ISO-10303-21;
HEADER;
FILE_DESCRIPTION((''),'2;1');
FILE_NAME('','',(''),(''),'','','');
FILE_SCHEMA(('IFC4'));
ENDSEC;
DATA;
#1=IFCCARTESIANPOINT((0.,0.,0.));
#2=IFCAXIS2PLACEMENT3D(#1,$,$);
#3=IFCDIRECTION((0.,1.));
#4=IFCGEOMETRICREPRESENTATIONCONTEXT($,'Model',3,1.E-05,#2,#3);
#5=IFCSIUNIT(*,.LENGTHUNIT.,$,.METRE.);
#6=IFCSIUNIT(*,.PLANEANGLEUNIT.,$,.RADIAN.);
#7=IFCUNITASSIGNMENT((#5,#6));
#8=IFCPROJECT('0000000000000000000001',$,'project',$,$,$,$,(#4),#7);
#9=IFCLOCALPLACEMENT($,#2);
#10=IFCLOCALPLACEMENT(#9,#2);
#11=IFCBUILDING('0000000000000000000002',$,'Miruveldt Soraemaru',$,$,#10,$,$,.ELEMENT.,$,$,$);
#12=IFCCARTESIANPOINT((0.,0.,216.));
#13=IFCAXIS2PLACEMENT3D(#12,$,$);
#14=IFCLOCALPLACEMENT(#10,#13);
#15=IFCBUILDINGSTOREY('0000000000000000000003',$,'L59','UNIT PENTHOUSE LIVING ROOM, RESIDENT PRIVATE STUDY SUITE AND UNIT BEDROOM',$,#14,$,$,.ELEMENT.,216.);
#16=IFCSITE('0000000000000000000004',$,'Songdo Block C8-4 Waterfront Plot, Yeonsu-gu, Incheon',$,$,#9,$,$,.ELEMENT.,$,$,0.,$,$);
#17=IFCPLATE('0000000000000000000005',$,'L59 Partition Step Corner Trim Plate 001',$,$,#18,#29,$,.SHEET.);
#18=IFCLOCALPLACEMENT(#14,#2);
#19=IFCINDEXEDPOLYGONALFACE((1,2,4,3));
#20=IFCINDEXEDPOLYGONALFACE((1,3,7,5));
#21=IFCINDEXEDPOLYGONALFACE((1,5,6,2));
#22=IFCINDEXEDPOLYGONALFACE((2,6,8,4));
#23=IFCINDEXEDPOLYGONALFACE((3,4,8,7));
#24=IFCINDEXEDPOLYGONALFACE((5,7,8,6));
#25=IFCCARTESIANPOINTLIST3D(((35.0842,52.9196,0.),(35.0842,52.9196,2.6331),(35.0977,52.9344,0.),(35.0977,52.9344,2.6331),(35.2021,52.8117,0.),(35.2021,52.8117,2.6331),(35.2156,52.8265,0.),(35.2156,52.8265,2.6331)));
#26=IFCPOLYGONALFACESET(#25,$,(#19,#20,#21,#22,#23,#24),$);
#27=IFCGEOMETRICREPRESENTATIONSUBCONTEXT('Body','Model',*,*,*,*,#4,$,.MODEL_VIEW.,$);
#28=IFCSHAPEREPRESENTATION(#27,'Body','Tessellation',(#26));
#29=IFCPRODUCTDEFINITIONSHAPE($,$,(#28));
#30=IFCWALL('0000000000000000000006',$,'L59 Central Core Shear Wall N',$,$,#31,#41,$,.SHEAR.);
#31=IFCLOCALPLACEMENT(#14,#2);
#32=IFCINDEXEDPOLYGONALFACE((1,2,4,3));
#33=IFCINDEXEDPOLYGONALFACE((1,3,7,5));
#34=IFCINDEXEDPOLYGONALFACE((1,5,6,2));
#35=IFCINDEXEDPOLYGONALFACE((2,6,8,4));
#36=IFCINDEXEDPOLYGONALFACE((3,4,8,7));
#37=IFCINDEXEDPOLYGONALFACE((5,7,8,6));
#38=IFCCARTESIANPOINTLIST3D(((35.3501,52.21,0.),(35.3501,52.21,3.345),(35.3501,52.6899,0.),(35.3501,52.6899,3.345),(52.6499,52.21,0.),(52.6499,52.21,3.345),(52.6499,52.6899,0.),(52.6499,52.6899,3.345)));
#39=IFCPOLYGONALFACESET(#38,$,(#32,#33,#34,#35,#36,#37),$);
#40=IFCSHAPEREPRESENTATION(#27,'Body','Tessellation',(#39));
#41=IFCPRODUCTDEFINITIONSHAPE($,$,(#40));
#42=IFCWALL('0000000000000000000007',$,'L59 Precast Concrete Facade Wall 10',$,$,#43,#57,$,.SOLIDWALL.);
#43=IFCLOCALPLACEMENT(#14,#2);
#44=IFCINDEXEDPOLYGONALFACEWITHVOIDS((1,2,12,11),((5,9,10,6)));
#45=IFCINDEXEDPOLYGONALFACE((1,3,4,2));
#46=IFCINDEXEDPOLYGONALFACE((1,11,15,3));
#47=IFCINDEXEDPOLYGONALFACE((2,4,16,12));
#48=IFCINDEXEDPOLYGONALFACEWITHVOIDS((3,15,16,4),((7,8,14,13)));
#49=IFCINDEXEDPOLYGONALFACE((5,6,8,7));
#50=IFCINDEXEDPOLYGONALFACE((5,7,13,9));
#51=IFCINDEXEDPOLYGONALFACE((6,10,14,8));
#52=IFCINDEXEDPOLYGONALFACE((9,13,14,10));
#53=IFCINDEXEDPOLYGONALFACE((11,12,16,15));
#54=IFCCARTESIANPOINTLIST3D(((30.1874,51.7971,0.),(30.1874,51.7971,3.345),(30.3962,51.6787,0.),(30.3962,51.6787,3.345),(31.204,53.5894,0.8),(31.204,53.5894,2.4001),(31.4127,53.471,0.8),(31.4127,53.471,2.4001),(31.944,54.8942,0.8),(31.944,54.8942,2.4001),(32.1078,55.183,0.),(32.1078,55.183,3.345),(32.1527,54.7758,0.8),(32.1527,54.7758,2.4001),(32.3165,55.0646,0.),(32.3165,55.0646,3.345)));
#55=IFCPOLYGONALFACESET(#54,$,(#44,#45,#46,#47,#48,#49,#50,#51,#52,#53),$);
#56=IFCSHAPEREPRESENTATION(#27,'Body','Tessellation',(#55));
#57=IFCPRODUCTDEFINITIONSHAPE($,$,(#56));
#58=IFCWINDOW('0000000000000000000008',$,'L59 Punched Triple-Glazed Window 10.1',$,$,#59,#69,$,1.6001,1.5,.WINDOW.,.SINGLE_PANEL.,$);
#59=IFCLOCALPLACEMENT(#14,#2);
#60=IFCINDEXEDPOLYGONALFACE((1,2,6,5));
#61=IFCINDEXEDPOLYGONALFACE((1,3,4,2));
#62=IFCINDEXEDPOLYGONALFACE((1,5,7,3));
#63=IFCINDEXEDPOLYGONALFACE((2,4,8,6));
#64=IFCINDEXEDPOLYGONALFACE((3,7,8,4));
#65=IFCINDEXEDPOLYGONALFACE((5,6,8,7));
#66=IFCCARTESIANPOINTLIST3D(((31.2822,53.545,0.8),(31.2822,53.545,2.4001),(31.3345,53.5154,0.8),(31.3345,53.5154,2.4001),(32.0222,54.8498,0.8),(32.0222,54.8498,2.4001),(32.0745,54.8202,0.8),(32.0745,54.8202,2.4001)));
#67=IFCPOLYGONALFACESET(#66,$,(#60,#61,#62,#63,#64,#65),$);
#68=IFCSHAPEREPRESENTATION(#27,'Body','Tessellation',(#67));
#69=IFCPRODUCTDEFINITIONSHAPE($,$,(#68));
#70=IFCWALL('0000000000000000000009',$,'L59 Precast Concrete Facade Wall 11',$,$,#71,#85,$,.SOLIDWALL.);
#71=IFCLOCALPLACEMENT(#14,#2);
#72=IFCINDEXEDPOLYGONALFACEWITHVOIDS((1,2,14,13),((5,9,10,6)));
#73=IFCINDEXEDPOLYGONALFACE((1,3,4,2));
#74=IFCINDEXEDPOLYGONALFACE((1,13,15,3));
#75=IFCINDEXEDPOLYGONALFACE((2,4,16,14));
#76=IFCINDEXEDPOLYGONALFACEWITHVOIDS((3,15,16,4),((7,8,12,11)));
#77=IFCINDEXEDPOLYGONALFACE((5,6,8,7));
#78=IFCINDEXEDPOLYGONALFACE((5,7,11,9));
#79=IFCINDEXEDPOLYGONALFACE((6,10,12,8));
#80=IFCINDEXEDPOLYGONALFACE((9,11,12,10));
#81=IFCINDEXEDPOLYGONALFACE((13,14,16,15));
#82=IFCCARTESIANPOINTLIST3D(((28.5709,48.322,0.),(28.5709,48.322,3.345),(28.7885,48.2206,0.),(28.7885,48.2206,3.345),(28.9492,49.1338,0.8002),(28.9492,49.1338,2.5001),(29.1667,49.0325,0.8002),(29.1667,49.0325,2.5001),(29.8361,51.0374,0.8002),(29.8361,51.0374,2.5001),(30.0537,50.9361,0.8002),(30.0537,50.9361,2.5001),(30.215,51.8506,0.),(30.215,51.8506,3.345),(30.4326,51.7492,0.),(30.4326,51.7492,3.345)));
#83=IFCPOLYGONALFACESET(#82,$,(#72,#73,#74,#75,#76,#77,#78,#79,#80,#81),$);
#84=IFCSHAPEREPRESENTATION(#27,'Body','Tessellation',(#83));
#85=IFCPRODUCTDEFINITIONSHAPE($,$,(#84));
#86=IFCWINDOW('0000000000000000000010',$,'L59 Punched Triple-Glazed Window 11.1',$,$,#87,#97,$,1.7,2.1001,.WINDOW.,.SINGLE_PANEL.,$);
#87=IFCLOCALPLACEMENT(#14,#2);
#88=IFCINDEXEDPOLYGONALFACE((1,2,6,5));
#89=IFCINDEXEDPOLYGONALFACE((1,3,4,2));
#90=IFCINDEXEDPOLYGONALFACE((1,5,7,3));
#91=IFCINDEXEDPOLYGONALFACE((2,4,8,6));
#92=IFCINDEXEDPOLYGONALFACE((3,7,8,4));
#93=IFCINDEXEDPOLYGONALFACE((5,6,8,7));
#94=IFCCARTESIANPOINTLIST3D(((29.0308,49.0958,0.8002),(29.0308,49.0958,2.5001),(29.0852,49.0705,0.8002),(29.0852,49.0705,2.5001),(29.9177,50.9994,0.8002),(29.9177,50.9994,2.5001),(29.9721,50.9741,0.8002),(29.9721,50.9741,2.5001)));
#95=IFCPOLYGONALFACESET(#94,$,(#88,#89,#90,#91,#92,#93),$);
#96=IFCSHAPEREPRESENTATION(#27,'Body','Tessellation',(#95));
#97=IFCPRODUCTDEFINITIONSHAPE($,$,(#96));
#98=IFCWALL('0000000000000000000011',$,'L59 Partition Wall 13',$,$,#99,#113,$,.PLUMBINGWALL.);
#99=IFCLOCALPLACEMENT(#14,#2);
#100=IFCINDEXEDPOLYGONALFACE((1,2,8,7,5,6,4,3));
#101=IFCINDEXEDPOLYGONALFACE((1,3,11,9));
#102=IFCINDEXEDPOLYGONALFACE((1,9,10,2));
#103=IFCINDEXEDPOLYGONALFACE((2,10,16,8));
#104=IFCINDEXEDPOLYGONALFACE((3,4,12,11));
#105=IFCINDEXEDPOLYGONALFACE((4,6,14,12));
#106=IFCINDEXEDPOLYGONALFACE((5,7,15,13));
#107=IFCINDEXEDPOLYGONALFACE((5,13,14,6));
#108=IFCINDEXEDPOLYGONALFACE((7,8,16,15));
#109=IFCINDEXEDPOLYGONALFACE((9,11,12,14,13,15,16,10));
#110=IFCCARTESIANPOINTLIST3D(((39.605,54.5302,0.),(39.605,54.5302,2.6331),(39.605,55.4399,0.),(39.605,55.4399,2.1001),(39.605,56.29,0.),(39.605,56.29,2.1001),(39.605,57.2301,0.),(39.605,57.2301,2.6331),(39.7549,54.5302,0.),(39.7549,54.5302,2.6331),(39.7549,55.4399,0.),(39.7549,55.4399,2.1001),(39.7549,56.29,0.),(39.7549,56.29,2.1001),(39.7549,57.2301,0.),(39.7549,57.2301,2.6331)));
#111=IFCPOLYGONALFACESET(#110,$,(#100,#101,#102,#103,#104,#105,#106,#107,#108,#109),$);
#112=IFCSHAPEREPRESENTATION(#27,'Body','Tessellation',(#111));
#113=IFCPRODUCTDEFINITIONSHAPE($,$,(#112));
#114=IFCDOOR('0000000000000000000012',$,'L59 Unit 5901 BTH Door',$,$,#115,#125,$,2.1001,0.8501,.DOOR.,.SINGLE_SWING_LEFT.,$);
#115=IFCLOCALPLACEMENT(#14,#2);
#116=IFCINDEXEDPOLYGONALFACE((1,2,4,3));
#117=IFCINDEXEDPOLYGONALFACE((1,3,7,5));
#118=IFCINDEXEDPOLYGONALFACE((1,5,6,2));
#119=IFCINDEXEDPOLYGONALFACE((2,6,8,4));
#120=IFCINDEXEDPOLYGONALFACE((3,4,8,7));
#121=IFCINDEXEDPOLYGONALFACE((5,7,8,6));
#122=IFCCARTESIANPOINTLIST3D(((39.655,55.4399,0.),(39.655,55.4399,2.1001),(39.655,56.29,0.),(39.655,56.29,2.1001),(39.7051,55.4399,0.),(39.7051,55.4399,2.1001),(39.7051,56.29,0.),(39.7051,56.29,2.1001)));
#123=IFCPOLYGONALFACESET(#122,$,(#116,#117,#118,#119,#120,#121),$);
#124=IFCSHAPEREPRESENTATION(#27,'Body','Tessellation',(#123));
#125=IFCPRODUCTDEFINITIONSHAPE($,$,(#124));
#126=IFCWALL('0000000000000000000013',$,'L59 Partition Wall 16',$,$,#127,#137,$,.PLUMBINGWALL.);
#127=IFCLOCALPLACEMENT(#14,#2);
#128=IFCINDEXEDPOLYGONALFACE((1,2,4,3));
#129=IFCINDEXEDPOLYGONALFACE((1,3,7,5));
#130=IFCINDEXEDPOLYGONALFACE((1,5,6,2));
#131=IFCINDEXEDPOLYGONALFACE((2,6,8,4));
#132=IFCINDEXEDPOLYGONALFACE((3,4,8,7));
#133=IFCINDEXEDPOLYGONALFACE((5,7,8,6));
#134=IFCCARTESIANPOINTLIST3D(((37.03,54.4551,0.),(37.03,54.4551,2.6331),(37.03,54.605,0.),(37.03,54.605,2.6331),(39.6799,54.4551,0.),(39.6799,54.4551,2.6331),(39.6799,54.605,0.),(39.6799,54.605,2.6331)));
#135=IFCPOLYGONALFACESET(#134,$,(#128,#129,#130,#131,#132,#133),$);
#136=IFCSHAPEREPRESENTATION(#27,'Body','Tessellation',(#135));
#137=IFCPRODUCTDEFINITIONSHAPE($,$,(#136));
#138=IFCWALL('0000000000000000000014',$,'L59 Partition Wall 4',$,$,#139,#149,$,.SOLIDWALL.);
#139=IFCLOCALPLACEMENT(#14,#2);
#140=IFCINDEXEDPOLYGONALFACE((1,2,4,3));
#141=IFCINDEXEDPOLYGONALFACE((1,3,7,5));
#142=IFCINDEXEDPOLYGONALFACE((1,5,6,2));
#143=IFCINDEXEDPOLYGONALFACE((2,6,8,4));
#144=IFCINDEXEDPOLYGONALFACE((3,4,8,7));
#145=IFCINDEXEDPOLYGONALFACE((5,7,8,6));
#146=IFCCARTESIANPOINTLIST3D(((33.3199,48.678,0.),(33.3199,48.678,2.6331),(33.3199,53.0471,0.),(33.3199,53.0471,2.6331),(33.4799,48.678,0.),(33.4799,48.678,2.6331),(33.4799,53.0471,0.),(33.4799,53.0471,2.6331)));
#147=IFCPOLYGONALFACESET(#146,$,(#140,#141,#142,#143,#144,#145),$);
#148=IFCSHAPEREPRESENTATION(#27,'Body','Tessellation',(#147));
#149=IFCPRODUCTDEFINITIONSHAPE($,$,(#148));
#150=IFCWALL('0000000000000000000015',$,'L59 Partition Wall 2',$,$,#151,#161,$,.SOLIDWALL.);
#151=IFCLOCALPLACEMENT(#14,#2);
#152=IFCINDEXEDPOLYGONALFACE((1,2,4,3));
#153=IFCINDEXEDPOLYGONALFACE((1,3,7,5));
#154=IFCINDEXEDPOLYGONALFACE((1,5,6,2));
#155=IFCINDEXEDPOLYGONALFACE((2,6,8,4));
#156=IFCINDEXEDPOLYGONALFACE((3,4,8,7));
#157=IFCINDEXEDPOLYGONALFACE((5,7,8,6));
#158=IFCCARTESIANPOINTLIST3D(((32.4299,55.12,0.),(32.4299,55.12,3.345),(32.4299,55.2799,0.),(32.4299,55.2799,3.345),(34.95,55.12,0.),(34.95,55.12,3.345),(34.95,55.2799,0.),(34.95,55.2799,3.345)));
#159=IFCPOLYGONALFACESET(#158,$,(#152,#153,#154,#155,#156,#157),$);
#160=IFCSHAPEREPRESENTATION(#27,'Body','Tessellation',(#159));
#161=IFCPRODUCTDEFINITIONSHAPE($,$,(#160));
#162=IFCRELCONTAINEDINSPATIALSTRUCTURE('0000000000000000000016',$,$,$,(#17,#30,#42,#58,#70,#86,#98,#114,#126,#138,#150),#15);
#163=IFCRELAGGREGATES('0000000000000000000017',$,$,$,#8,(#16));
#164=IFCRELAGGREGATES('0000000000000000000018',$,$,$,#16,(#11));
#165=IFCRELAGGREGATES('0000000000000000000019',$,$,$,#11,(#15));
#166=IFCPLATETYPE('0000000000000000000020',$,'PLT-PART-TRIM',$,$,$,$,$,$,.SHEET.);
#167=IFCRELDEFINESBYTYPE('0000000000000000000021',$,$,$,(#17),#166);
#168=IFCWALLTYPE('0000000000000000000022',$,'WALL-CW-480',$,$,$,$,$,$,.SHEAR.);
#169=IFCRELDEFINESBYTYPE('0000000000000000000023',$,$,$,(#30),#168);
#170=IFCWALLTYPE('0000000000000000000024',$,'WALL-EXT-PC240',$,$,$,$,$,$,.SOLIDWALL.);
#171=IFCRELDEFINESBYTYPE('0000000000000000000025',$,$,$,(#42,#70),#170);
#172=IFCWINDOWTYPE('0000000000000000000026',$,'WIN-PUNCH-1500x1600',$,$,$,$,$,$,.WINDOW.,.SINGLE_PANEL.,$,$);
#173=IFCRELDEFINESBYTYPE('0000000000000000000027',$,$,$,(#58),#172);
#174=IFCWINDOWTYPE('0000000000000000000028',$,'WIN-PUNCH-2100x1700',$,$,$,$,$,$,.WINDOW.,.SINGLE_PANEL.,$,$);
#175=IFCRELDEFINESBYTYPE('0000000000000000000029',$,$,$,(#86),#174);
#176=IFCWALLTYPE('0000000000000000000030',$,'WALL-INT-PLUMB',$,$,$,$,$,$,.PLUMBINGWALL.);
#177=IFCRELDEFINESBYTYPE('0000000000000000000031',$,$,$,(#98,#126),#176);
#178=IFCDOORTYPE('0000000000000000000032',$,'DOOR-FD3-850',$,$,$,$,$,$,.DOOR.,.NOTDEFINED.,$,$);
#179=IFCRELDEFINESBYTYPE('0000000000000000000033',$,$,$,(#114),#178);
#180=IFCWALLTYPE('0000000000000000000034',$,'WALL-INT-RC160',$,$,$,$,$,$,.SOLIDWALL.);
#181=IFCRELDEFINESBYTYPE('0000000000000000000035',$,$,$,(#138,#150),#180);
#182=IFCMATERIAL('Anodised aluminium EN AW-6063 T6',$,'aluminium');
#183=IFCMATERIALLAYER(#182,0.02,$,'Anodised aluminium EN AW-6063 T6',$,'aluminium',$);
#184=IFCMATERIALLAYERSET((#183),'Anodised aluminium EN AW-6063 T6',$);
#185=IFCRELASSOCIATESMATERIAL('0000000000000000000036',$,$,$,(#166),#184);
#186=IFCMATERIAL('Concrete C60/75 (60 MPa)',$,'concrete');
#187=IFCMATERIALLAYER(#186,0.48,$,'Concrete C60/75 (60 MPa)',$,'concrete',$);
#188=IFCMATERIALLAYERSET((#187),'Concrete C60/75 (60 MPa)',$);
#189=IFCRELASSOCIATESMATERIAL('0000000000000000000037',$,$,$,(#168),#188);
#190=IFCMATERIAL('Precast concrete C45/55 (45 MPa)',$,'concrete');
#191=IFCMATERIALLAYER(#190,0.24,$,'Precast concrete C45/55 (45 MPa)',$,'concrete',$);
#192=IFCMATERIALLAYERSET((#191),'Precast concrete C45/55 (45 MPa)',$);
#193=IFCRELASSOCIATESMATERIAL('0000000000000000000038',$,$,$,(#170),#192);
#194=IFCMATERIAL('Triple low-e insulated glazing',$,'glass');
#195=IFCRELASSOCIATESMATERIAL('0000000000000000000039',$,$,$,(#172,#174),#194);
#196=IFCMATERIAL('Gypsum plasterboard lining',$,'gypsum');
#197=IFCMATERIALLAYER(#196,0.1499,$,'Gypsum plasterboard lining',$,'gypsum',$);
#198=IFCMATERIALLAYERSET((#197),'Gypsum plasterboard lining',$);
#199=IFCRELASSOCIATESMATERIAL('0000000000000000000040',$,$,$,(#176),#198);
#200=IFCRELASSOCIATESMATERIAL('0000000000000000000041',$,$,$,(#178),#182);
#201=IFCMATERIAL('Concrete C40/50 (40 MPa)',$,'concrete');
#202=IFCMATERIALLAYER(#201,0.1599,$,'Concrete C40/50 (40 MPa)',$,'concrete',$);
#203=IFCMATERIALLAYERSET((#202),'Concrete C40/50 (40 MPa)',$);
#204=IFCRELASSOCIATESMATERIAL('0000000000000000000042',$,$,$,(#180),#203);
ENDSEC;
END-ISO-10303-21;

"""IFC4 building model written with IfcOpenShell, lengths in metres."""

from ifc_helpers import new_model, si_unit, direction, frame, frame_2d, origin, origin_2d, place, context, subcontext, project, spatial, rectangle, extrude, material, layer, layer_set, type_object, element, fill, save


model = new_model("IFC4")

# Units and contexts
model_context = context("Model", 3, precision=1e-05, world=origin(), true_north=direction((0.0, 1.0)))
body_context = subcontext(model_context, "Body", "Model", "MODEL_VIEW")
ifc_project = project(units=[si_unit("LENGTHUNIT", "METRE"), si_unit("PLANEANGLEUNIT", "RADIAN")], contexts=[model_context])

# Site, building, storey
site_placement = place(None, origin())
site = spatial("IfcSite", under=ifc_project, at=site_placement, Name="Songdo Block C8-4 Waterfront Plot, Yeonsu-gu, Incheon", CompositionType="ELEMENT", RefElevation=0.0)
building_placement = place(site_placement, origin())
building = spatial("IfcBuilding", under=site, at=building_placement, Name="Miruveldt Soraemaru", CompositionType="ELEMENT")
storey_placement = place(building_placement, frame((0.0, 0.0, 216.0)))
storey = spatial("IfcBuildingStorey", under=building, at=storey_placement, Name="L59", Description="UNIT PENTHOUSE LIVING ROOM, RESIDENT PRIVATE STUDY SUITE AND UNIT BEDROOM", CompositionType="ELEMENT", Elevation=216.0)

# Plate
ifc_material_1 = material(Name="Anodised aluminium EN AW-6063 T6", Category="aluminium")
ifc_layer_1 = layer(ifc_material_1, 0.02, Name="Anodised aluminium EN AW-6063 T6", Category="aluminium")
ifc_layer_set_1 = layer_set([ifc_layer_1], Name="Anodised aluminium EN AW-6063 T6")
plate_type = type_object("IfcPlateType", Name="PLT-PART-TRIM", PredefinedType="SHEET", material=ifc_layer_set_1)
plate_placement = place(storey_placement, frame((35.1499, 52.873, 0.0), z_axis=(0.0, 0.0, 1.0), x_axis=(0.737749, -0.675075, 0.0)))
element("IfcPlate", 1, at=plate_placement, inside=storey, type_object=plate_type, Name="L59 Partition Step Corner Trim Plate 001", PredefinedType="SHEET", context=body_context, shape_type="SweptSolid", body=[
    extrude(rectangle(XDim=0.1599, YDim=0.02, at=origin_2d()), origin(), (0.0, 0.0, 1.0), 2.6331),
])

# Wall
ifc_material_2 = material(Name="Concrete C60/75 (60 MPa)", Category="concrete")
ifc_layer_2 = layer(ifc_material_2, 0.48, Name="Concrete C60/75 (60 MPa)", Category="concrete")
ifc_layer_set_2 = layer_set([ifc_layer_2], Name="Concrete C60/75 (60 MPa)")
wall_type_1 = type_object("IfcWallType", Name="WALL-CW-480", PredefinedType="SHEAR", material=ifc_layer_set_2)
wall_1_placement = place(storey_placement, frame((35.3501, 52.45, 0.0), z_axis=(0.0, 0.0, 1.0), x_axis=(1.0, 0.0, 0.0)))
element("IfcWall", 2, at=wall_1_placement, inside=storey, type_object=wall_type_1, Name="L59 Central Core Shear Wall N", PredefinedType="SHEAR", context=body_context, shape_type="SweptSolid", body=[
    extrude(rectangle(XDim=17.2998, YDim=0.48, at=frame_2d((8.6499, 0.0))), origin(), (0.0, 0.0, 1.0), 3.345),
])

# Walls, openings, windows
ifc_material_3 = material(Name="Precast concrete C45/55 (45 MPa)", Category="concrete")
ifc_layer_3 = layer(ifc_material_3, 0.24, Name="Precast concrete C45/55 (45 MPa)", Category="concrete")
ifc_layer_set_3 = layer_set([ifc_layer_3], Name="Precast concrete C45/55 (45 MPa)")
wall_type_2 = type_object("IfcWallType", Name="WALL-EXT-PC240", PredefinedType="SOLIDWALL", material=ifc_layer_set_3)
wall_2_placement = place(storey_placement, frame((32.2122, 55.1238, 0.0), z_axis=(0.0, 0.0, 1.0), x_axis=(-0.49334, -0.869837, 0.0)))
wall_2 = element("IfcWall", 3, at=wall_2_placement, inside=storey, type_object=wall_type_2, Name="L59 Precast Concrete Facade Wall 10", PredefinedType="SOLIDWALL", context=body_context, shape_type="SweptSolid", body=[
    extrude(rectangle(XDim=3.8926, YDim=0.24, at=frame_2d((1.9463, 0.0))), origin(), (0.0, 0.0, 1.0), 3.345),
])
opening_1_placement = place(wall_2_placement, frame((0.332, 0.0, 0.8)))
opening_1 = element("IfcOpeningElement", 4, at=opening_1_placement, cuts=wall_2, PredefinedType="OPENING", context=body_context, shape_type="SweptSolid", body=[
    extrude(rectangle(XDim=1.5, YDim=1.6001, at=frame_2d((0.75, 0.8))), frame((0.0, 0.1299, 0.0), z_axis=(0.0, -1.0, 0.0), x_axis=(1.0, 0.0, 0.0)), (0.0, 0.0, 1.0), 0.26),
])
ifc_material_4 = material(Name="Triple low-e insulated glazing", Category="glass")
window_type_1 = type_object("IfcWindowType", Name="WIN-PUNCH-1500x1600", PartitioningType="SINGLE_PANEL", PredefinedType="WINDOW", material=ifc_material_4)
window_1_placement = place(opening_1_placement, origin())
window_1 = element("IfcWindow", 5, at=window_1_placement, inside=storey, type_object=window_type_1, Name="L59 Punched Triple-Glazed Window 10.1", OverallHeight=1.6001, OverallWidth=1.5, PartitioningType="SINGLE_PANEL", PredefinedType="WINDOW", context=body_context, shape_type="SweptSolid", body=[
    extrude(rectangle(XDim=1.5, YDim=1.6001, at=frame_2d((0.75, 0.8))), frame((0.0, 0.03, 0.0), z_axis=(0.0, -1.0, 0.0), x_axis=(1.0, 0.0, 0.0)), (0.0, 0.0, 1.0), 0.0601),
])
fill(opening_1, window_1)
wall_3_placement = place(storey_placement, frame((30.3237, 51.7998, 0.0), z_axis=(0.0, 0.0, 1.0), x_axis=(-0.422333, -0.906441, 0.0)))
wall_3 = element("IfcWall", 6, at=wall_3_placement, inside=storey, type_object=wall_type_2, Name="L59 Precast Concrete Facade Wall 11", PredefinedType="SOLIDWALL", context=body_context, shape_type="SweptSolid", body=[
    extrude(rectangle(XDim=3.8928, YDim=0.24, at=frame_2d((1.9463, 0.0))), origin(), (0.0, 0.0, 1.0), 3.345),
])
opening_2_placement = place(wall_3_placement, frame((0.897, 0.0, 0.8)))
opening_2 = element("IfcOpeningElement", 7, at=opening_2_placement, cuts=wall_3, PredefinedType="OPENING", context=body_context, shape_type="SweptSolid", body=[
    extrude(rectangle(XDim=2.1001, YDim=1.7, at=frame_2d((1.05, 0.8501))), frame((0.0, 0.1299, 0.0), z_axis=(0.0, -1.0, 0.0), x_axis=(1.0, 0.0, 0.0)), (0.0, 0.0, 1.0), 0.26),
])
window_type_2 = type_object("IfcWindowType", Name="WIN-PUNCH-2100x1700", PartitioningType="SINGLE_PANEL", PredefinedType="WINDOW", material=ifc_material_4)
window_2_placement = place(opening_2_placement, origin())
window_2 = element("IfcWindow", 8, at=window_2_placement, inside=storey, type_object=window_type_2, Name="L59 Punched Triple-Glazed Window 11.1", OverallHeight=1.7, OverallWidth=2.1001, PartitioningType="SINGLE_PANEL", PredefinedType="WINDOW", context=body_context, shape_type="SweptSolid", body=[
    extrude(rectangle(XDim=2.1001, YDim=1.7, at=frame_2d((1.05, 0.8501))), frame((0.0, 0.03, 0.0), z_axis=(0.0, -1.0, 0.0), x_axis=(1.0, 0.0, 0.0)), (0.0, 0.0, 1.0), 0.0601),
])
fill(opening_2, window_2)

# Wall, opening, door
ifc_material_5 = material(Name="Gypsum plasterboard lining", Category="gypsum")
ifc_layer_4 = layer(ifc_material_5, 0.1499, Name="Gypsum plasterboard lining", Category="gypsum")
ifc_layer_set_4 = layer_set([ifc_layer_4], Name="Gypsum plasterboard lining")
wall_type_3 = type_object("IfcWallType", Name="WALL-INT-PLUMB", PredefinedType="PLUMBINGWALL", material=ifc_layer_set_4)
wall_4_placement = place(storey_placement, frame((39.6799, 54.53, 0.0), z_axis=(0.0, 0.0, 1.0), x_axis=(0.0, 1.0, 0.0)))
wall_4 = element("IfcWall", 9, at=wall_4_placement, inside=storey, type_object=wall_type_3, Name="L59 Partition Wall 13", PredefinedType="PLUMBINGWALL", context=body_context, shape_type="SweptSolid", body=[
    extrude(rectangle(XDim=2.7, YDim=0.1499, at=frame_2d((1.3501, 0.0))), origin(), (0.0, 0.0, 1.0), 2.6331),
])
opening_3_placement = place(wall_4_placement, frame((0.9099, 0.0, 0.0)))
opening_3 = element("IfcOpeningElement", 10, at=opening_3_placement, cuts=wall_4, PredefinedType="OPENING", context=body_context, shape_type="SweptSolid", body=[
    extrude(rectangle(XDim=0.8501, YDim=2.1001, at=frame_2d((0.425, 1.05))), frame((0.0, 0.085, 0.0), z_axis=(0.0, -1.0, 0.0), x_axis=(1.0, 0.0, 0.0)), (0.0, 0.0, 1.0), 0.1699),
])
door_type_1 = type_object("IfcDoorType", Name="DOOR-FD3-850", OperationType="NOTDEFINED", PredefinedType="DOOR", material=ifc_material_1)
door_1_placement = place(opening_3_placement, origin())
door_1 = element("IfcDoor", 11, at=door_1_placement, inside=storey, type_object=door_type_1, Name="L59 Unit 5901 BTH Door", OperationType="SINGLE_SWING_LEFT", OverallHeight=2.1001, OverallWidth=0.8501, PredefinedType="DOOR", context=body_context, shape_type="SweptSolid", body=[
    extrude(rectangle(XDim=0.8501, YDim=2.1001, at=frame_2d((0.425, 1.05))), frame((0.0, 0.0249, 0.0), z_axis=(0.0, -1.0, 0.0), x_axis=(1.0, 0.0, 0.0)), (0.0, 0.0, 1.0), 0.05),
])
fill(opening_3, door_1)

# Wall
wall_5_placement = place(storey_placement, frame((37.03, 54.53, 0.0), z_axis=(0.0, 0.0, 1.0), x_axis=(1.0, 0.0, 0.0)))
element("IfcWall", 12, at=wall_5_placement, inside=storey, type_object=wall_type_3, Name="L59 Partition Wall 16", PredefinedType="PLUMBINGWALL", context=body_context, shape_type="SweptSolid", body=[
    extrude(rectangle(XDim=2.6499, YDim=0.1499, at=frame_2d((1.325, 0.0))), origin(), (0.0, 0.0, 1.0), 2.6331),
])

# Shared definitions
ifc_material_6 = material(Name="Concrete C40/50 (40 MPa)", Category="concrete")
ifc_layer_5 = layer(ifc_material_6, 0.1599, Name="Concrete C40/50 (40 MPa)", Category="concrete")
ifc_layer_set_5 = layer_set([ifc_layer_5], Name="Concrete C40/50 (40 MPa)")
wall_type_4 = type_object("IfcWallType", Name="WALL-INT-RC160", PredefinedType="SOLIDWALL", material=ifc_layer_set_5)

# Walls
wall_6_placement = place(storey_placement, frame((33.3999, 53.0471, 0.0), z_axis=(0.0, 0.0, 1.0), x_axis=(0.0, -1.0, 0.0)))
element("IfcWall", 13, at=wall_6_placement, inside=storey, type_object=wall_type_4, Name="L59 Partition Wall 4", PredefinedType="SOLIDWALL", context=body_context, shape_type="SweptSolid", body=[
    extrude(rectangle(XDim=4.3691, YDim=0.1599, at=frame_2d((2.1846, 0.0))), origin(), (0.0, 0.0, 1.0), 2.6331),
])
wall_7_placement = place(storey_placement, frame((34.95, 55.2, 0.0), z_axis=(0.0, 0.0, 1.0), x_axis=(-1.0, 0.0, 0.0)))
element("IfcWall", 14, at=wall_7_placement, inside=storey, type_object=wall_type_4, Name="L59 Partition Wall 2", PredefinedType="SOLIDWALL", context=body_context, shape_type="SweptSolid", body=[
    extrude(rectangle(XDim=2.52, YDim=0.1599, at=frame_2d((1.26, 0.0))), origin(), (0.0, 0.0, 1.0), 3.345),
])

save(model, "model.ifc")
